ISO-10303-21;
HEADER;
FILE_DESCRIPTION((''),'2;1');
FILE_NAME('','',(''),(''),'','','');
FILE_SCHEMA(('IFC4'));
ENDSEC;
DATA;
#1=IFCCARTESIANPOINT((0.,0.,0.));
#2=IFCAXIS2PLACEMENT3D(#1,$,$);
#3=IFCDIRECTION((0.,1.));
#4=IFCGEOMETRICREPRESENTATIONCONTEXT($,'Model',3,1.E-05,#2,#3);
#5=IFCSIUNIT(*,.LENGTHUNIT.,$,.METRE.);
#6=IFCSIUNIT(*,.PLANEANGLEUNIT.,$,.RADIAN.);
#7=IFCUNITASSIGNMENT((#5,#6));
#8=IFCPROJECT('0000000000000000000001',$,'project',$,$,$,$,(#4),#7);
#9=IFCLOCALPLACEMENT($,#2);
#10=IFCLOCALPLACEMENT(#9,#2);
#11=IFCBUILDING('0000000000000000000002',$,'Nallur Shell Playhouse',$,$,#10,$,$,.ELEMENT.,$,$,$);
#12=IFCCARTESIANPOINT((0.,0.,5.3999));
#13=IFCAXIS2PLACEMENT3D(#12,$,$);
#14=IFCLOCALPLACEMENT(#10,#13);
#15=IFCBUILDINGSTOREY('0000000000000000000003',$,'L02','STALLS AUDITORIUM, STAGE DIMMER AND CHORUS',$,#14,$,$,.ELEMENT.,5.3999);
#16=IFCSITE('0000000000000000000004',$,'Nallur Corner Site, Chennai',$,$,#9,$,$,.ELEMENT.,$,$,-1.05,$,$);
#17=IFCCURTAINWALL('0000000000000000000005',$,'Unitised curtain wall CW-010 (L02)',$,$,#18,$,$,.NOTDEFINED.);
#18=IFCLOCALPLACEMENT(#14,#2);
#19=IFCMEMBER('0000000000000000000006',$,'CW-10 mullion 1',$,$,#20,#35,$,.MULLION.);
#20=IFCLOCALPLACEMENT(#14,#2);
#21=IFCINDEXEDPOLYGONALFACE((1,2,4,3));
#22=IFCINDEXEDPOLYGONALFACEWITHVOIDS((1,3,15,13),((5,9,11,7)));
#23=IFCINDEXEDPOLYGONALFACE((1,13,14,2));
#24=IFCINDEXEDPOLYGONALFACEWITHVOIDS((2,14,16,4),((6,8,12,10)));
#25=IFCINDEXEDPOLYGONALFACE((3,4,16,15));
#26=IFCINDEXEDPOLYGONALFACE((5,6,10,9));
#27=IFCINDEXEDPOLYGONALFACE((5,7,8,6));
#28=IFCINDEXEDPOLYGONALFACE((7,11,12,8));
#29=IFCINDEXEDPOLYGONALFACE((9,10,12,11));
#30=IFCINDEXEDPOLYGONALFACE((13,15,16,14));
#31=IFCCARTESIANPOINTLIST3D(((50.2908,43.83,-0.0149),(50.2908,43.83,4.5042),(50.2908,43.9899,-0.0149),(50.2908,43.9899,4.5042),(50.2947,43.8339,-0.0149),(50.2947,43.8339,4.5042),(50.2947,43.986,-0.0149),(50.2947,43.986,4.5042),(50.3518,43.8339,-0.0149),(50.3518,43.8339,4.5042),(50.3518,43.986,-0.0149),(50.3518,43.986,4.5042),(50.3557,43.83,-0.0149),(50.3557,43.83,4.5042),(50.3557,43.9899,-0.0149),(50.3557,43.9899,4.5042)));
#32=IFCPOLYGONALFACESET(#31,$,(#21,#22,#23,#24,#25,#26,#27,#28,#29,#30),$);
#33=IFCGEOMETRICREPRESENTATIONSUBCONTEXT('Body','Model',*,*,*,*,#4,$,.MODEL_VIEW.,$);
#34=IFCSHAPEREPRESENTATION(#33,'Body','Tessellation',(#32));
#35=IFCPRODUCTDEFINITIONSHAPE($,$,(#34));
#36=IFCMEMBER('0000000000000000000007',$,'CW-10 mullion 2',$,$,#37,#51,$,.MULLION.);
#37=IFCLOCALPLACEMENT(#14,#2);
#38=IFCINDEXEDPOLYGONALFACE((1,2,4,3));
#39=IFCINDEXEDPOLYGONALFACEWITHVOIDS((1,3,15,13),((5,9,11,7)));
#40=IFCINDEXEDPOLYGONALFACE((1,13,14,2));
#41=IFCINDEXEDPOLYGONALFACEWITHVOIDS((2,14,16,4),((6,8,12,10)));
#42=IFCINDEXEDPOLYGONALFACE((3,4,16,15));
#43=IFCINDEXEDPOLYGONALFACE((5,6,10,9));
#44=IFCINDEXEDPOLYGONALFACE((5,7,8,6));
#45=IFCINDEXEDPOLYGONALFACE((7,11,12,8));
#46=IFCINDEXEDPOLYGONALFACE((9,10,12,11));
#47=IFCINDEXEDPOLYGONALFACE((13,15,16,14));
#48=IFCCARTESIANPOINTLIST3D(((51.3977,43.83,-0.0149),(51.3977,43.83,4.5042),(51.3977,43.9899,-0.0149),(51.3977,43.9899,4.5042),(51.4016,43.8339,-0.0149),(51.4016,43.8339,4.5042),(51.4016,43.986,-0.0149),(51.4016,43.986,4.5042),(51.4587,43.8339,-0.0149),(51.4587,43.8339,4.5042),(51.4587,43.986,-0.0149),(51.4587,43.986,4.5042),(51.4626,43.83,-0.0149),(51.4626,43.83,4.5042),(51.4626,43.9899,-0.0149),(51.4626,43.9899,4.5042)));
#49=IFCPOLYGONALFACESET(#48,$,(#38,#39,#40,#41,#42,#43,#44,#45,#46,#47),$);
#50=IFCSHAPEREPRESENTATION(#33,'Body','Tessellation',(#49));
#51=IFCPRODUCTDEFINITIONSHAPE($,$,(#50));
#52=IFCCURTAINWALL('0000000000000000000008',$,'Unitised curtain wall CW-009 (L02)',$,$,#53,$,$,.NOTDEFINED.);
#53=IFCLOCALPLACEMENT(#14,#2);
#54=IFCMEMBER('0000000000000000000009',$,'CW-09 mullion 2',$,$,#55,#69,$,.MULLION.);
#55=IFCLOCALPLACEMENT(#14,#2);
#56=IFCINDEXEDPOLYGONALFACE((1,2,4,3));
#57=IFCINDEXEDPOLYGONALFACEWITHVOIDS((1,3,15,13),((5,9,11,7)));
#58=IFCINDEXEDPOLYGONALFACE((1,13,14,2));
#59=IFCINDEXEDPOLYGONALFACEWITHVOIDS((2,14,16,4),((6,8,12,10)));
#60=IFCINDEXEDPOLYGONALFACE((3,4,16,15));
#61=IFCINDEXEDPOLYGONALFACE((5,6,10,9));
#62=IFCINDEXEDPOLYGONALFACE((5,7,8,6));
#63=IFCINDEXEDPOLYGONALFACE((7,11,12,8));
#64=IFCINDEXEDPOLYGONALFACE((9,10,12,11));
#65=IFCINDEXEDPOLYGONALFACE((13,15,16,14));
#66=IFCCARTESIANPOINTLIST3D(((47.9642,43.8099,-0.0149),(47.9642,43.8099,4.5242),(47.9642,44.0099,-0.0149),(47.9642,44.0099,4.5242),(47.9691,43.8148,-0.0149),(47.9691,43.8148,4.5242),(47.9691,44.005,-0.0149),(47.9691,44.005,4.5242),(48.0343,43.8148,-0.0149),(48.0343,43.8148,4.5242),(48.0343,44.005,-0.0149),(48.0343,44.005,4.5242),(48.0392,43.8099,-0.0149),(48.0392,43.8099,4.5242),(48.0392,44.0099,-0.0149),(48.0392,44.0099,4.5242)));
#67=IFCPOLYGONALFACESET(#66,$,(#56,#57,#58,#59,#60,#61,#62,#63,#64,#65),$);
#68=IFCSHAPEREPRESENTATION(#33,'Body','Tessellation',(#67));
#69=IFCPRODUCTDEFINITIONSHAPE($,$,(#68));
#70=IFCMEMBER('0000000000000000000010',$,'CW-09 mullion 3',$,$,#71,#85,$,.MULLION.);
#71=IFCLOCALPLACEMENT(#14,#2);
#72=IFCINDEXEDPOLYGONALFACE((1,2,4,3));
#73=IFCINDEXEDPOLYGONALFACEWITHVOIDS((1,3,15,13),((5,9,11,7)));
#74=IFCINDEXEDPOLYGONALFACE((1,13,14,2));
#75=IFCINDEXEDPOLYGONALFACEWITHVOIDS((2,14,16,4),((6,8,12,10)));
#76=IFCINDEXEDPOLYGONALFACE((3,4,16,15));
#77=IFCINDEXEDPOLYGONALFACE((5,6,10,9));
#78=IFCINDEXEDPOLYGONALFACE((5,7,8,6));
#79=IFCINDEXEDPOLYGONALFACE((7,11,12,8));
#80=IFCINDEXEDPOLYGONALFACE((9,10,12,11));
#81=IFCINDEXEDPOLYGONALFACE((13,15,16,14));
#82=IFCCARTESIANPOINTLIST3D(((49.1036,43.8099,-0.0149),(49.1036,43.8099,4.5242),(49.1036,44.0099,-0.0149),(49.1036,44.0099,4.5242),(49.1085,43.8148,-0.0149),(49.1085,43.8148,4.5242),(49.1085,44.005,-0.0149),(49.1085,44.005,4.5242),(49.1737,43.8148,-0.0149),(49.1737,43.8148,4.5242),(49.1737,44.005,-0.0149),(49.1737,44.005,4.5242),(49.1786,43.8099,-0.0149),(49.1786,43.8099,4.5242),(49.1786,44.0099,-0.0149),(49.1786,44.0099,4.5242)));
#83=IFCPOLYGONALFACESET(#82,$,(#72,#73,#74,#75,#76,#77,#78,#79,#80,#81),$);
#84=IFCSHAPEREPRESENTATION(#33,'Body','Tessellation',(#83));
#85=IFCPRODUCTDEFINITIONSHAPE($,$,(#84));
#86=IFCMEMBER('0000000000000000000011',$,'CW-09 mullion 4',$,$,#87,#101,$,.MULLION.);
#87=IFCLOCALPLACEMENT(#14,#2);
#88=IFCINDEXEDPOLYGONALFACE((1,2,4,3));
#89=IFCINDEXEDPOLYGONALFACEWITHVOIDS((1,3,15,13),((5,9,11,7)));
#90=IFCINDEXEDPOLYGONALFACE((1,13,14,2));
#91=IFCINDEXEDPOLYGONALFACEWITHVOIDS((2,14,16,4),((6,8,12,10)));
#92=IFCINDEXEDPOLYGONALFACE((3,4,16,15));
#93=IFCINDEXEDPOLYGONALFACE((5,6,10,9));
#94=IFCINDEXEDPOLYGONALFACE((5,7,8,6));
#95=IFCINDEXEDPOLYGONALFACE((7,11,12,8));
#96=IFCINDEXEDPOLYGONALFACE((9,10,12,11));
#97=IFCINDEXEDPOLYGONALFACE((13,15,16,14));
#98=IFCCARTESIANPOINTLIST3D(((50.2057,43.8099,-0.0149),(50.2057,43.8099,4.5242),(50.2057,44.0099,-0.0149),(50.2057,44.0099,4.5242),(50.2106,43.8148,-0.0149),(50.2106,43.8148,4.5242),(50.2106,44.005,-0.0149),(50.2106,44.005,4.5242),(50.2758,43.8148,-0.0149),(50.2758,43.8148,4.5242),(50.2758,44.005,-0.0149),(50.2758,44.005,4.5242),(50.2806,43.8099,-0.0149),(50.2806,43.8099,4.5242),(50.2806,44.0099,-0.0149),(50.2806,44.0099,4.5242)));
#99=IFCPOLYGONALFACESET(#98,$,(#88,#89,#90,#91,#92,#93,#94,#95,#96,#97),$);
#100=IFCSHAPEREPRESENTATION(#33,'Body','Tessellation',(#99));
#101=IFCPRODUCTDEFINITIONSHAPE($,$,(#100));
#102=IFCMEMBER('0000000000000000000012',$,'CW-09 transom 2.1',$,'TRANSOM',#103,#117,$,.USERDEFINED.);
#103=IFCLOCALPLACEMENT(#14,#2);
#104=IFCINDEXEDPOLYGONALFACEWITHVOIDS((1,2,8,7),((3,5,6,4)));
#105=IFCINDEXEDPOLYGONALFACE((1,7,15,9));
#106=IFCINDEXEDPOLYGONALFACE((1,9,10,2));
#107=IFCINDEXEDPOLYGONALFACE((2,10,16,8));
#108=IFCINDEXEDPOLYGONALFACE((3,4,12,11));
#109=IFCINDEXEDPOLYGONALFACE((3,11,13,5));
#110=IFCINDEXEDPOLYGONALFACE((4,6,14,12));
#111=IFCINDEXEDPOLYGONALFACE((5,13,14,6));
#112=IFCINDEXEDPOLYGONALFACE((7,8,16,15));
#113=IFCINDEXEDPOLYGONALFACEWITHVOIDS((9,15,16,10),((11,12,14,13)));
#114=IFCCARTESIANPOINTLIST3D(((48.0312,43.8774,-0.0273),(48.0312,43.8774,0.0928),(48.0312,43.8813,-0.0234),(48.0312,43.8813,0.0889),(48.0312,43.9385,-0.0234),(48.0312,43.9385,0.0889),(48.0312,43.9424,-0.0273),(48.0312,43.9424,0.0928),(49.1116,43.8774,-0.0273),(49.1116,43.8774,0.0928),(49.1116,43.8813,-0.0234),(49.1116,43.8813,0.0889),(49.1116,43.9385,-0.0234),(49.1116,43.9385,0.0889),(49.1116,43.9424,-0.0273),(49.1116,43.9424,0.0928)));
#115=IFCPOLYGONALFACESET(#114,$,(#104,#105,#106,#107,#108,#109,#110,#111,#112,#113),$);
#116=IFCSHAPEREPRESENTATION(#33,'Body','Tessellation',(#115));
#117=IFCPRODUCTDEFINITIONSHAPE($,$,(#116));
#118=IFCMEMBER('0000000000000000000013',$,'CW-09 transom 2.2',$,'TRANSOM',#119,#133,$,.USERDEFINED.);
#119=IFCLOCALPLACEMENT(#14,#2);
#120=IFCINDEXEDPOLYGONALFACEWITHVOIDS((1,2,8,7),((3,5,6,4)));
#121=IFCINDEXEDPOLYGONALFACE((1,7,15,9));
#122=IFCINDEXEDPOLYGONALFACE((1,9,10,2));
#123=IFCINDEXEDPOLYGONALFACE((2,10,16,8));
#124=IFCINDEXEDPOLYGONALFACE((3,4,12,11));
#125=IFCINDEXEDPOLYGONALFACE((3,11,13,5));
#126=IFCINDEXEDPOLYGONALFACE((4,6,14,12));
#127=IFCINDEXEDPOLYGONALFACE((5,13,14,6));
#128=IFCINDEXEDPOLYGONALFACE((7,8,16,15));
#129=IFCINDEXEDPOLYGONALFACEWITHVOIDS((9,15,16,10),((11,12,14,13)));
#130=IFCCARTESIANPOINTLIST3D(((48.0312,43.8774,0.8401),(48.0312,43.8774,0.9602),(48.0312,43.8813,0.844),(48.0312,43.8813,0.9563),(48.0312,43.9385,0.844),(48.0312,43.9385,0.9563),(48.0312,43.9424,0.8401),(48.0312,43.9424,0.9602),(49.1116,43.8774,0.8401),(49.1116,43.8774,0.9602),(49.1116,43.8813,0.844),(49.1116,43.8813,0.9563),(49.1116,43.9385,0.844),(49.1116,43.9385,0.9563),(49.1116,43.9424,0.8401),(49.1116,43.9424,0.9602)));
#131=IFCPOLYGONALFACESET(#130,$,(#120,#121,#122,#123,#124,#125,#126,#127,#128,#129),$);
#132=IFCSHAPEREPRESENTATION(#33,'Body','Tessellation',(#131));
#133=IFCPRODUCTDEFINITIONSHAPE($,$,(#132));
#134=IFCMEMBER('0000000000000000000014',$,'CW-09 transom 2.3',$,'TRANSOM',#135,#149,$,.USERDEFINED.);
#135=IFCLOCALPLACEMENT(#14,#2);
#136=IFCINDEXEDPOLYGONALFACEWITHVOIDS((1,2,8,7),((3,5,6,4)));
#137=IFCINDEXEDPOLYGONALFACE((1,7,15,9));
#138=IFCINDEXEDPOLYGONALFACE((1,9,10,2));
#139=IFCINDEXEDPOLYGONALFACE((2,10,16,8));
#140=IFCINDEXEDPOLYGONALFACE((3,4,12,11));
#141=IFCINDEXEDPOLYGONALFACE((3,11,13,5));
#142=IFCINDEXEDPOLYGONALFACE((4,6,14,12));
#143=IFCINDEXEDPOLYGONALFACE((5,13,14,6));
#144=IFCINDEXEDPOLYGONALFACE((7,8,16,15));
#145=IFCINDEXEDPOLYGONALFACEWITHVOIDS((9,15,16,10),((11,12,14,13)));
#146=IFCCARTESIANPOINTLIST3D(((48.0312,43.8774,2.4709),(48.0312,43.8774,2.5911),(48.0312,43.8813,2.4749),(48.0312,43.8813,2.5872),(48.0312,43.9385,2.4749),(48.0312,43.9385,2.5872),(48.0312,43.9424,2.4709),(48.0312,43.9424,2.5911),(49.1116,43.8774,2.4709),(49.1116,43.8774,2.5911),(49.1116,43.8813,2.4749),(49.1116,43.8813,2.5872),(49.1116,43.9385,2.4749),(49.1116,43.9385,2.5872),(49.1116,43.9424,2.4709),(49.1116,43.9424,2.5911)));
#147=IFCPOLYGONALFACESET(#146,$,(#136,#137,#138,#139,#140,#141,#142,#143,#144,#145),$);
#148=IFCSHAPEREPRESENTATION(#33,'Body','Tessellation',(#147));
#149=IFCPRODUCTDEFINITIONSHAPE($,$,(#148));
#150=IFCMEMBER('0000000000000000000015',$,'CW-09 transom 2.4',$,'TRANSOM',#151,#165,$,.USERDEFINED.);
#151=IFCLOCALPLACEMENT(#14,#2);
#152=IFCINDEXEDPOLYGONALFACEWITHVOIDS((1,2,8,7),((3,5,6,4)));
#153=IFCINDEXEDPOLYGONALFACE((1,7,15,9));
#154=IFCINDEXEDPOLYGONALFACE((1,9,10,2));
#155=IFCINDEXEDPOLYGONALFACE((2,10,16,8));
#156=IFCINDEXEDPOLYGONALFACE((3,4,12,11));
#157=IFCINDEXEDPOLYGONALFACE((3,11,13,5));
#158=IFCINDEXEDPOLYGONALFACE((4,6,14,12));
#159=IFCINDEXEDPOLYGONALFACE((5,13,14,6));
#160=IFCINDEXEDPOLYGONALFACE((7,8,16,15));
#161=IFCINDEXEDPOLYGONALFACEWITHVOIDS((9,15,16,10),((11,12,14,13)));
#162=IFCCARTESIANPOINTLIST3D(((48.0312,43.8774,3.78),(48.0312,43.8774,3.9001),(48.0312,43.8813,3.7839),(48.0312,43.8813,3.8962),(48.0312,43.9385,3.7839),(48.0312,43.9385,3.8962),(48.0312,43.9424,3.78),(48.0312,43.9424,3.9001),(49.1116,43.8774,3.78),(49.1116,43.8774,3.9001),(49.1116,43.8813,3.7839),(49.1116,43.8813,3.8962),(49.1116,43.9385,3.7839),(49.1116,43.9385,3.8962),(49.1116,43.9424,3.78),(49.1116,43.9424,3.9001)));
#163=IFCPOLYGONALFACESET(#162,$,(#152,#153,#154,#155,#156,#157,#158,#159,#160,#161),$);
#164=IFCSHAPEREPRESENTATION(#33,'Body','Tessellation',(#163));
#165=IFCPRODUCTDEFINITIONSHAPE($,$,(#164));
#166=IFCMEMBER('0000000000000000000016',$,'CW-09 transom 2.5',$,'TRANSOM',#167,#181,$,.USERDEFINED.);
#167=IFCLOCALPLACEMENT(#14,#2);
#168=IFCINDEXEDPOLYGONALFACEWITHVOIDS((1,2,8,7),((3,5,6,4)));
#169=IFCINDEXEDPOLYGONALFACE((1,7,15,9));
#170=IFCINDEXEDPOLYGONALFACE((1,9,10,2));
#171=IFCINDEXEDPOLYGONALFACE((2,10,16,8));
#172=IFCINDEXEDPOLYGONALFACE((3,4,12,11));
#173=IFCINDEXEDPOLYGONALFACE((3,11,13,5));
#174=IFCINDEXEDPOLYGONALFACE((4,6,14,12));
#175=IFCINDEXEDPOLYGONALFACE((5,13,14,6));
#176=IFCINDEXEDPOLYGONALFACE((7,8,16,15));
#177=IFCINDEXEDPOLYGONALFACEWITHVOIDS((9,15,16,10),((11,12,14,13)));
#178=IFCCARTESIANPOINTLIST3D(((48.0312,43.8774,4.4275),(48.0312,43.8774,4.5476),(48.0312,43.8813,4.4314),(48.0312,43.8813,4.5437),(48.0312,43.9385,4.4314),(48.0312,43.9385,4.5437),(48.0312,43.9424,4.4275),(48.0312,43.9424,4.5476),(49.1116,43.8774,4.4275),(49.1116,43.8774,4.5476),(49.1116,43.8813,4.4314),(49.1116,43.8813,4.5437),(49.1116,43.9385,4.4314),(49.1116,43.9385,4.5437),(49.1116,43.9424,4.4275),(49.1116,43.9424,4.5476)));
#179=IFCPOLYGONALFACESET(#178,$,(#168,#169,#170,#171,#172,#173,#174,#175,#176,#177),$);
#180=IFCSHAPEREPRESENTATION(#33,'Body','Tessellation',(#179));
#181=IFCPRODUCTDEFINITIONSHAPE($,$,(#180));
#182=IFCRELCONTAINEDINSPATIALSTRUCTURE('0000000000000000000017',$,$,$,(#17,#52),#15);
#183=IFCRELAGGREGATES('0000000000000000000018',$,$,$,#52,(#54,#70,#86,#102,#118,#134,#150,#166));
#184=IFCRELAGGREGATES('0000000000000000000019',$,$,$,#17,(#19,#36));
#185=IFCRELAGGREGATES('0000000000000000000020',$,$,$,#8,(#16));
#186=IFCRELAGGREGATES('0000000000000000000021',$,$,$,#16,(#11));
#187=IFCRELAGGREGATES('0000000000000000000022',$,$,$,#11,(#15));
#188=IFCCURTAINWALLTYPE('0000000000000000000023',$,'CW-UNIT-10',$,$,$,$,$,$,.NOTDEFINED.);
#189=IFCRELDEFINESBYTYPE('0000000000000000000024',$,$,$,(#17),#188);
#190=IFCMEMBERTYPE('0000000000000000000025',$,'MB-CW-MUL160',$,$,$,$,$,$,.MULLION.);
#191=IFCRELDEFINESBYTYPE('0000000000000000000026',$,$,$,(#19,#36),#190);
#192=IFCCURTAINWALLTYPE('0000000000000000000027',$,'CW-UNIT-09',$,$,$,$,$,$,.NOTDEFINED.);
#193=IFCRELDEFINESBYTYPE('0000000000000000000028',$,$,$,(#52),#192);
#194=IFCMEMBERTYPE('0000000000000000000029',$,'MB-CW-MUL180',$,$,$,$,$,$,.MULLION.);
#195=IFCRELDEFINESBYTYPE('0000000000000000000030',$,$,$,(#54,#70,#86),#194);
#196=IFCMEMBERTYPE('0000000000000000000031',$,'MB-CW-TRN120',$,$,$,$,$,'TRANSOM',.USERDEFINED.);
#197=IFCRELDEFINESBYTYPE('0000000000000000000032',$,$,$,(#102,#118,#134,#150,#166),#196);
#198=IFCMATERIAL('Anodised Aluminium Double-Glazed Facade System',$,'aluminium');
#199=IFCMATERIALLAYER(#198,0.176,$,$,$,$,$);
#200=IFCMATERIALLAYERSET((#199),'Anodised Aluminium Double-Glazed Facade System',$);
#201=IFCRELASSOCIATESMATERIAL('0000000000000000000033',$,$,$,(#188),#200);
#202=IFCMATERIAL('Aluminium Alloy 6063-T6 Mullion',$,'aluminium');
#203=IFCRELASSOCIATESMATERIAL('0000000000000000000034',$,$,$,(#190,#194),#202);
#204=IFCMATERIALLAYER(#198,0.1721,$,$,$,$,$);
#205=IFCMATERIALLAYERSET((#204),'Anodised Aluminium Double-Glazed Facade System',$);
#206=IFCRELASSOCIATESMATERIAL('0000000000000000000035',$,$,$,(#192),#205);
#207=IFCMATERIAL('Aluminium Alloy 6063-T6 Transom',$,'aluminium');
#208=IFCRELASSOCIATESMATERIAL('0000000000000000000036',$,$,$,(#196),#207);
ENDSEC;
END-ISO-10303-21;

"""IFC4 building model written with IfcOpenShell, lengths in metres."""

from ifc_helpers import new_model, si_unit, direction, frame, origin, origin_2d, place, context, subcontext, project, spatial, hollow_rectangle, extrude, material, layer, layer_set, material_profile, profile_set, type_object, element, aggregate, save


model = new_model("IFC4")

# Units and contexts
model_context = context("Model", 3, precision=1e-05, world=origin(), true_north=direction((0.0, 1.0)))
body_context = subcontext(model_context, "Body", "Model", "MODEL_VIEW")
ifc_project = project(units=[si_unit("LENGTHUNIT", "METRE"), si_unit("PLANEANGLEUNIT", "RADIAN")], contexts=[model_context])

# Site, building, storey
site_placement = place(None, origin())
site = spatial("IfcSite", under=ifc_project, at=site_placement, Name="Nallur Corner Site, Chennai", CompositionType="ELEMENT", RefElevation=-1.05)
building_placement = place(site_placement, origin())
building = spatial("IfcBuilding", under=site, at=building_placement, Name="Nallur Shell Playhouse", CompositionType="ELEMENT")
storey_placement = place(building_placement, frame((0.0, 0.0, 5.3999)))
storey = spatial("IfcBuildingStorey", under=building, at=storey_placement, Name="L02", Description="STALLS AUDITORIUM, STAGE DIMMER AND CHORUS", CompositionType="ELEMENT", Elevation=5.3999)

# Curtain walls, members
ifc_material_1 = material(Name="Anodised Aluminium Double-Glazed Facade System", Category="aluminium")
ifc_layer_1 = layer(ifc_material_1, 0.176)
ifc_layer_set_1 = layer_set([ifc_layer_1], Name="Anodised Aluminium Double-Glazed Facade System")
curtain_wall_type_1 = type_object("IfcCurtainWallType", Name="CW-UNIT-10", PredefinedType="NOTDEFINED", material=ifc_layer_set_1)
curtain_wall_1_placement = place(storey_placement, origin())
curtain_wall_1 = element("IfcCurtainWall", 1, at=curtain_wall_1_placement, inside=storey, type_object=curtain_wall_type_1, Name="Unitised curtain wall CW-010 (L02)", PredefinedType="NOTDEFINED")
ifc_material_2 = material(Name="Aluminium Alloy 6063-T6 Mullion", Category="aluminium")
ifc_material_profile_1 = material_profile(ifc_material_2, hollow_rectangle(XDim=0.0649, YDim=0.1599, WallThickness=0.0039, at=origin_2d()), Name="ALU 65x160x4")
ifc_profile_set_1 = profile_set([ifc_material_profile_1], Name="Aluminium Alloy 6063-T6 Mullion")
member_type_1 = type_object("IfcMemberType", Name="MB-CW-MUL160", PredefinedType="MULLION", material=ifc_profile_set_1)
member_1_placement = place(storey_placement, frame((50.3232, 43.9099, -0.0149), z_axis=(0.0, 0.0, 1.0), x_axis=(1.0, 0.0, 0.0)))
member_1 = element("IfcMember", 2, at=member_1_placement, type_object=member_type_1, Name="CW-10 mullion 1", PredefinedType="MULLION", context=body_context, shape_type="SweptSolid", body=[
    extrude(hollow_rectangle(XDim=0.0649, YDim=0.1599, WallThickness=0.0039, at=origin_2d()), origin(), (0.0, 0.0, 1.0), 4.519),
])
member_2_placement = place(storey_placement, frame((51.4302, 43.9099, -0.0149), z_axis=(0.0, 0.0, 1.0), x_axis=(1.0, 0.0, 0.0)))
member_2 = element("IfcMember", 3, at=member_2_placement, type_object=member_type_1, Name="CW-10 mullion 2", PredefinedType="MULLION", context=body_context, shape_type="SweptSolid", body=[
    extrude(hollow_rectangle(XDim=0.0649, YDim=0.1599, WallThickness=0.0039, at=origin_2d()), origin(), (0.0, 0.0, 1.0), 4.519),
])
ifc_layer_2 = layer(ifc_material_1, 0.1721)
ifc_layer_set_2 = layer_set([ifc_layer_2], Name="Anodised Aluminium Double-Glazed Facade System")
curtain_wall_type_2 = type_object("IfcCurtainWallType", Name="CW-UNIT-09", PredefinedType="NOTDEFINED", material=ifc_layer_set_2)
curtain_wall_2_placement = place(storey_placement, origin())
curtain_wall_2 = element("IfcCurtainWall", 4, at=curtain_wall_2_placement, inside=storey, type_object=curtain_wall_type_2, Name="Unitised curtain wall CW-009 (L02)", PredefinedType="NOTDEFINED")
ifc_material_profile_2 = material_profile(ifc_material_2, hollow_rectangle(XDim=0.075, YDim=0.2, WallThickness=0.0049, at=origin_2d()), Name="ALU 75x200x5")
ifc_profile_set_2 = profile_set([ifc_material_profile_2], Name="Aluminium Alloy 6063-T6 Mullion")
member_type_2 = type_object("IfcMemberType", Name="MB-CW-MUL180", PredefinedType="MULLION", material=ifc_profile_set_2)
member_3_placement = place(storey_placement, frame((48.0017, 43.9099, -0.0149), z_axis=(0.0, 0.0, 1.0), x_axis=(1.0, 0.0, 0.0)))
member_3 = element("IfcMember", 5, at=member_3_placement, type_object=member_type_2, Name="CW-09 mullion 2", PredefinedType="MULLION", context=body_context, shape_type="SweptSolid", body=[
    extrude(hollow_rectangle(XDim=0.075, YDim=0.2, WallThickness=0.0049, at=origin_2d()), origin(), (0.0, 0.0, 1.0), 4.5391),
])
member_4_placement = place(storey_placement, frame((49.1411, 43.9099, -0.0149), z_axis=(0.0, 0.0, 1.0), x_axis=(1.0, 0.0, 0.0)))
member_4 = element("IfcMember", 6, at=member_4_placement, type_object=member_type_2, Name="CW-09 mullion 3", PredefinedType="MULLION", context=body_context, shape_type="SweptSolid", body=[
    extrude(hollow_rectangle(XDim=0.075, YDim=0.2, WallThickness=0.0049, at=origin_2d()), origin(), (0.0, 0.0, 1.0), 4.5391),
])
member_5_placement = place(storey_placement, frame((50.2432, 43.9099, -0.0149), z_axis=(0.0, 0.0, 1.0), x_axis=(1.0, 0.0, 0.0)))
member_5 = element("IfcMember", 7, at=member_5_placement, type_object=member_type_2, Name="CW-09 mullion 4", PredefinedType="MULLION", context=body_context, shape_type="SweptSolid", body=[
    extrude(hollow_rectangle(XDim=0.075, YDim=0.2, WallThickness=0.0049, at=origin_2d()), origin(), (0.0, 0.0, 1.0), 4.5391),
])
ifc_material_3 = material(Name="Aluminium Alloy 6063-T6 Transom", Category="aluminium")
ifc_material_profile_3 = material_profile(ifc_material_3, hollow_rectangle(XDim=0.0649, YDim=0.1201, WallThickness=0.0039, at=origin_2d()), Name="ALU 65x120x4")
ifc_profile_set_3 = profile_set([ifc_material_profile_3], Name="Aluminium Alloy 6063-T6 Transom")
member_type_3 = type_object("IfcMemberType", Name="MB-CW-TRN120", ElementType="TRANSOM", PredefinedType="USERDEFINED", material=ifc_profile_set_3)
member_6_placement = place(storey_placement, frame((48.0312, 43.9099, 0.0327), z_axis=(1.0, 0.0, 0.0), x_axis=(0.0, 1.0, 0.0)))
member_6 = element("IfcMember", 8, at=member_6_placement, type_object=member_type_3, Name="CW-09 transom 2.1", ObjectType="TRANSOM", PredefinedType="USERDEFINED", context=body_context, shape_type="SweptSolid", body=[
    extrude(hollow_rectangle(XDim=0.0649, YDim=0.1201, WallThickness=0.0039, at=origin_2d()), origin(), (0.0, 0.0, 1.0), 1.0803),
])
member_7_placement = place(storey_placement, frame((48.0312, 43.9099, 0.9001), z_axis=(1.0, 0.0, 0.0), x_axis=(0.0, 1.0, 0.0)))
member_7 = element("IfcMember", 9, at=member_7_placement, type_object=member_type_3, Name="CW-09 transom 2.2", ObjectType="TRANSOM", PredefinedType="USERDEFINED", context=body_context, shape_type="SweptSolid", body=[
    extrude(hollow_rectangle(XDim=0.0649, YDim=0.1201, WallThickness=0.0039, at=origin_2d()), origin(), (0.0, 0.0, 1.0), 1.0803),
])
member_8_placement = place(storey_placement, frame((48.0312, 43.9099, 2.531), z_axis=(1.0, 0.0, 0.0), x_axis=(0.0, 1.0, 0.0)))
member_8 = element("IfcMember", 10, at=member_8_placement, type_object=member_type_3, Name="CW-09 transom 2.3", ObjectType="TRANSOM", PredefinedType="USERDEFINED", context=body_context, shape_type="SweptSolid", body=[
    extrude(hollow_rectangle(XDim=0.0649, YDim=0.1201, WallThickness=0.0039, at=origin_2d()), origin(), (0.0, 0.0, 1.0), 1.0803),
])
member_9_placement = place(storey_placement, frame((48.0312, 43.9099, 3.8401), z_axis=(1.0, 0.0, 0.0), x_axis=(0.0, 1.0, 0.0)))
member_9 = element("IfcMember", 11, at=member_9_placement, type_object=member_type_3, Name="CW-09 transom 2.4", ObjectType="TRANSOM", PredefinedType="USERDEFINED", context=body_context, shape_type="SweptSolid", body=[
    extrude(hollow_rectangle(XDim=0.0649, YDim=0.1201, WallThickness=0.0039, at=origin_2d()), origin(), (0.0, 0.0, 1.0), 1.0803),
])
member_10_placement = place(storey_placement, frame((48.0312, 43.9099, 4.4875), z_axis=(1.0, 0.0, 0.0), x_axis=(0.0, 1.0, 0.0)))
member_10 = element("IfcMember", 12, at=member_10_placement, type_object=member_type_3, Name="CW-09 transom 2.5", ObjectType="TRANSOM", PredefinedType="USERDEFINED", context=body_context, shape_type="SweptSolid", body=[
    extrude(hollow_rectangle(XDim=0.0649, YDim=0.1201, WallThickness=0.0039, at=origin_2d()), origin(), (0.0, 0.0, 1.0), 1.0803),
])

aggregate(curtain_wall_2, [member_3, member_4, member_5, member_6, member_7, member_8, member_9, member_10])
aggregate(curtain_wall_1, [member_1, member_2])

save(model, "model.ifc")
